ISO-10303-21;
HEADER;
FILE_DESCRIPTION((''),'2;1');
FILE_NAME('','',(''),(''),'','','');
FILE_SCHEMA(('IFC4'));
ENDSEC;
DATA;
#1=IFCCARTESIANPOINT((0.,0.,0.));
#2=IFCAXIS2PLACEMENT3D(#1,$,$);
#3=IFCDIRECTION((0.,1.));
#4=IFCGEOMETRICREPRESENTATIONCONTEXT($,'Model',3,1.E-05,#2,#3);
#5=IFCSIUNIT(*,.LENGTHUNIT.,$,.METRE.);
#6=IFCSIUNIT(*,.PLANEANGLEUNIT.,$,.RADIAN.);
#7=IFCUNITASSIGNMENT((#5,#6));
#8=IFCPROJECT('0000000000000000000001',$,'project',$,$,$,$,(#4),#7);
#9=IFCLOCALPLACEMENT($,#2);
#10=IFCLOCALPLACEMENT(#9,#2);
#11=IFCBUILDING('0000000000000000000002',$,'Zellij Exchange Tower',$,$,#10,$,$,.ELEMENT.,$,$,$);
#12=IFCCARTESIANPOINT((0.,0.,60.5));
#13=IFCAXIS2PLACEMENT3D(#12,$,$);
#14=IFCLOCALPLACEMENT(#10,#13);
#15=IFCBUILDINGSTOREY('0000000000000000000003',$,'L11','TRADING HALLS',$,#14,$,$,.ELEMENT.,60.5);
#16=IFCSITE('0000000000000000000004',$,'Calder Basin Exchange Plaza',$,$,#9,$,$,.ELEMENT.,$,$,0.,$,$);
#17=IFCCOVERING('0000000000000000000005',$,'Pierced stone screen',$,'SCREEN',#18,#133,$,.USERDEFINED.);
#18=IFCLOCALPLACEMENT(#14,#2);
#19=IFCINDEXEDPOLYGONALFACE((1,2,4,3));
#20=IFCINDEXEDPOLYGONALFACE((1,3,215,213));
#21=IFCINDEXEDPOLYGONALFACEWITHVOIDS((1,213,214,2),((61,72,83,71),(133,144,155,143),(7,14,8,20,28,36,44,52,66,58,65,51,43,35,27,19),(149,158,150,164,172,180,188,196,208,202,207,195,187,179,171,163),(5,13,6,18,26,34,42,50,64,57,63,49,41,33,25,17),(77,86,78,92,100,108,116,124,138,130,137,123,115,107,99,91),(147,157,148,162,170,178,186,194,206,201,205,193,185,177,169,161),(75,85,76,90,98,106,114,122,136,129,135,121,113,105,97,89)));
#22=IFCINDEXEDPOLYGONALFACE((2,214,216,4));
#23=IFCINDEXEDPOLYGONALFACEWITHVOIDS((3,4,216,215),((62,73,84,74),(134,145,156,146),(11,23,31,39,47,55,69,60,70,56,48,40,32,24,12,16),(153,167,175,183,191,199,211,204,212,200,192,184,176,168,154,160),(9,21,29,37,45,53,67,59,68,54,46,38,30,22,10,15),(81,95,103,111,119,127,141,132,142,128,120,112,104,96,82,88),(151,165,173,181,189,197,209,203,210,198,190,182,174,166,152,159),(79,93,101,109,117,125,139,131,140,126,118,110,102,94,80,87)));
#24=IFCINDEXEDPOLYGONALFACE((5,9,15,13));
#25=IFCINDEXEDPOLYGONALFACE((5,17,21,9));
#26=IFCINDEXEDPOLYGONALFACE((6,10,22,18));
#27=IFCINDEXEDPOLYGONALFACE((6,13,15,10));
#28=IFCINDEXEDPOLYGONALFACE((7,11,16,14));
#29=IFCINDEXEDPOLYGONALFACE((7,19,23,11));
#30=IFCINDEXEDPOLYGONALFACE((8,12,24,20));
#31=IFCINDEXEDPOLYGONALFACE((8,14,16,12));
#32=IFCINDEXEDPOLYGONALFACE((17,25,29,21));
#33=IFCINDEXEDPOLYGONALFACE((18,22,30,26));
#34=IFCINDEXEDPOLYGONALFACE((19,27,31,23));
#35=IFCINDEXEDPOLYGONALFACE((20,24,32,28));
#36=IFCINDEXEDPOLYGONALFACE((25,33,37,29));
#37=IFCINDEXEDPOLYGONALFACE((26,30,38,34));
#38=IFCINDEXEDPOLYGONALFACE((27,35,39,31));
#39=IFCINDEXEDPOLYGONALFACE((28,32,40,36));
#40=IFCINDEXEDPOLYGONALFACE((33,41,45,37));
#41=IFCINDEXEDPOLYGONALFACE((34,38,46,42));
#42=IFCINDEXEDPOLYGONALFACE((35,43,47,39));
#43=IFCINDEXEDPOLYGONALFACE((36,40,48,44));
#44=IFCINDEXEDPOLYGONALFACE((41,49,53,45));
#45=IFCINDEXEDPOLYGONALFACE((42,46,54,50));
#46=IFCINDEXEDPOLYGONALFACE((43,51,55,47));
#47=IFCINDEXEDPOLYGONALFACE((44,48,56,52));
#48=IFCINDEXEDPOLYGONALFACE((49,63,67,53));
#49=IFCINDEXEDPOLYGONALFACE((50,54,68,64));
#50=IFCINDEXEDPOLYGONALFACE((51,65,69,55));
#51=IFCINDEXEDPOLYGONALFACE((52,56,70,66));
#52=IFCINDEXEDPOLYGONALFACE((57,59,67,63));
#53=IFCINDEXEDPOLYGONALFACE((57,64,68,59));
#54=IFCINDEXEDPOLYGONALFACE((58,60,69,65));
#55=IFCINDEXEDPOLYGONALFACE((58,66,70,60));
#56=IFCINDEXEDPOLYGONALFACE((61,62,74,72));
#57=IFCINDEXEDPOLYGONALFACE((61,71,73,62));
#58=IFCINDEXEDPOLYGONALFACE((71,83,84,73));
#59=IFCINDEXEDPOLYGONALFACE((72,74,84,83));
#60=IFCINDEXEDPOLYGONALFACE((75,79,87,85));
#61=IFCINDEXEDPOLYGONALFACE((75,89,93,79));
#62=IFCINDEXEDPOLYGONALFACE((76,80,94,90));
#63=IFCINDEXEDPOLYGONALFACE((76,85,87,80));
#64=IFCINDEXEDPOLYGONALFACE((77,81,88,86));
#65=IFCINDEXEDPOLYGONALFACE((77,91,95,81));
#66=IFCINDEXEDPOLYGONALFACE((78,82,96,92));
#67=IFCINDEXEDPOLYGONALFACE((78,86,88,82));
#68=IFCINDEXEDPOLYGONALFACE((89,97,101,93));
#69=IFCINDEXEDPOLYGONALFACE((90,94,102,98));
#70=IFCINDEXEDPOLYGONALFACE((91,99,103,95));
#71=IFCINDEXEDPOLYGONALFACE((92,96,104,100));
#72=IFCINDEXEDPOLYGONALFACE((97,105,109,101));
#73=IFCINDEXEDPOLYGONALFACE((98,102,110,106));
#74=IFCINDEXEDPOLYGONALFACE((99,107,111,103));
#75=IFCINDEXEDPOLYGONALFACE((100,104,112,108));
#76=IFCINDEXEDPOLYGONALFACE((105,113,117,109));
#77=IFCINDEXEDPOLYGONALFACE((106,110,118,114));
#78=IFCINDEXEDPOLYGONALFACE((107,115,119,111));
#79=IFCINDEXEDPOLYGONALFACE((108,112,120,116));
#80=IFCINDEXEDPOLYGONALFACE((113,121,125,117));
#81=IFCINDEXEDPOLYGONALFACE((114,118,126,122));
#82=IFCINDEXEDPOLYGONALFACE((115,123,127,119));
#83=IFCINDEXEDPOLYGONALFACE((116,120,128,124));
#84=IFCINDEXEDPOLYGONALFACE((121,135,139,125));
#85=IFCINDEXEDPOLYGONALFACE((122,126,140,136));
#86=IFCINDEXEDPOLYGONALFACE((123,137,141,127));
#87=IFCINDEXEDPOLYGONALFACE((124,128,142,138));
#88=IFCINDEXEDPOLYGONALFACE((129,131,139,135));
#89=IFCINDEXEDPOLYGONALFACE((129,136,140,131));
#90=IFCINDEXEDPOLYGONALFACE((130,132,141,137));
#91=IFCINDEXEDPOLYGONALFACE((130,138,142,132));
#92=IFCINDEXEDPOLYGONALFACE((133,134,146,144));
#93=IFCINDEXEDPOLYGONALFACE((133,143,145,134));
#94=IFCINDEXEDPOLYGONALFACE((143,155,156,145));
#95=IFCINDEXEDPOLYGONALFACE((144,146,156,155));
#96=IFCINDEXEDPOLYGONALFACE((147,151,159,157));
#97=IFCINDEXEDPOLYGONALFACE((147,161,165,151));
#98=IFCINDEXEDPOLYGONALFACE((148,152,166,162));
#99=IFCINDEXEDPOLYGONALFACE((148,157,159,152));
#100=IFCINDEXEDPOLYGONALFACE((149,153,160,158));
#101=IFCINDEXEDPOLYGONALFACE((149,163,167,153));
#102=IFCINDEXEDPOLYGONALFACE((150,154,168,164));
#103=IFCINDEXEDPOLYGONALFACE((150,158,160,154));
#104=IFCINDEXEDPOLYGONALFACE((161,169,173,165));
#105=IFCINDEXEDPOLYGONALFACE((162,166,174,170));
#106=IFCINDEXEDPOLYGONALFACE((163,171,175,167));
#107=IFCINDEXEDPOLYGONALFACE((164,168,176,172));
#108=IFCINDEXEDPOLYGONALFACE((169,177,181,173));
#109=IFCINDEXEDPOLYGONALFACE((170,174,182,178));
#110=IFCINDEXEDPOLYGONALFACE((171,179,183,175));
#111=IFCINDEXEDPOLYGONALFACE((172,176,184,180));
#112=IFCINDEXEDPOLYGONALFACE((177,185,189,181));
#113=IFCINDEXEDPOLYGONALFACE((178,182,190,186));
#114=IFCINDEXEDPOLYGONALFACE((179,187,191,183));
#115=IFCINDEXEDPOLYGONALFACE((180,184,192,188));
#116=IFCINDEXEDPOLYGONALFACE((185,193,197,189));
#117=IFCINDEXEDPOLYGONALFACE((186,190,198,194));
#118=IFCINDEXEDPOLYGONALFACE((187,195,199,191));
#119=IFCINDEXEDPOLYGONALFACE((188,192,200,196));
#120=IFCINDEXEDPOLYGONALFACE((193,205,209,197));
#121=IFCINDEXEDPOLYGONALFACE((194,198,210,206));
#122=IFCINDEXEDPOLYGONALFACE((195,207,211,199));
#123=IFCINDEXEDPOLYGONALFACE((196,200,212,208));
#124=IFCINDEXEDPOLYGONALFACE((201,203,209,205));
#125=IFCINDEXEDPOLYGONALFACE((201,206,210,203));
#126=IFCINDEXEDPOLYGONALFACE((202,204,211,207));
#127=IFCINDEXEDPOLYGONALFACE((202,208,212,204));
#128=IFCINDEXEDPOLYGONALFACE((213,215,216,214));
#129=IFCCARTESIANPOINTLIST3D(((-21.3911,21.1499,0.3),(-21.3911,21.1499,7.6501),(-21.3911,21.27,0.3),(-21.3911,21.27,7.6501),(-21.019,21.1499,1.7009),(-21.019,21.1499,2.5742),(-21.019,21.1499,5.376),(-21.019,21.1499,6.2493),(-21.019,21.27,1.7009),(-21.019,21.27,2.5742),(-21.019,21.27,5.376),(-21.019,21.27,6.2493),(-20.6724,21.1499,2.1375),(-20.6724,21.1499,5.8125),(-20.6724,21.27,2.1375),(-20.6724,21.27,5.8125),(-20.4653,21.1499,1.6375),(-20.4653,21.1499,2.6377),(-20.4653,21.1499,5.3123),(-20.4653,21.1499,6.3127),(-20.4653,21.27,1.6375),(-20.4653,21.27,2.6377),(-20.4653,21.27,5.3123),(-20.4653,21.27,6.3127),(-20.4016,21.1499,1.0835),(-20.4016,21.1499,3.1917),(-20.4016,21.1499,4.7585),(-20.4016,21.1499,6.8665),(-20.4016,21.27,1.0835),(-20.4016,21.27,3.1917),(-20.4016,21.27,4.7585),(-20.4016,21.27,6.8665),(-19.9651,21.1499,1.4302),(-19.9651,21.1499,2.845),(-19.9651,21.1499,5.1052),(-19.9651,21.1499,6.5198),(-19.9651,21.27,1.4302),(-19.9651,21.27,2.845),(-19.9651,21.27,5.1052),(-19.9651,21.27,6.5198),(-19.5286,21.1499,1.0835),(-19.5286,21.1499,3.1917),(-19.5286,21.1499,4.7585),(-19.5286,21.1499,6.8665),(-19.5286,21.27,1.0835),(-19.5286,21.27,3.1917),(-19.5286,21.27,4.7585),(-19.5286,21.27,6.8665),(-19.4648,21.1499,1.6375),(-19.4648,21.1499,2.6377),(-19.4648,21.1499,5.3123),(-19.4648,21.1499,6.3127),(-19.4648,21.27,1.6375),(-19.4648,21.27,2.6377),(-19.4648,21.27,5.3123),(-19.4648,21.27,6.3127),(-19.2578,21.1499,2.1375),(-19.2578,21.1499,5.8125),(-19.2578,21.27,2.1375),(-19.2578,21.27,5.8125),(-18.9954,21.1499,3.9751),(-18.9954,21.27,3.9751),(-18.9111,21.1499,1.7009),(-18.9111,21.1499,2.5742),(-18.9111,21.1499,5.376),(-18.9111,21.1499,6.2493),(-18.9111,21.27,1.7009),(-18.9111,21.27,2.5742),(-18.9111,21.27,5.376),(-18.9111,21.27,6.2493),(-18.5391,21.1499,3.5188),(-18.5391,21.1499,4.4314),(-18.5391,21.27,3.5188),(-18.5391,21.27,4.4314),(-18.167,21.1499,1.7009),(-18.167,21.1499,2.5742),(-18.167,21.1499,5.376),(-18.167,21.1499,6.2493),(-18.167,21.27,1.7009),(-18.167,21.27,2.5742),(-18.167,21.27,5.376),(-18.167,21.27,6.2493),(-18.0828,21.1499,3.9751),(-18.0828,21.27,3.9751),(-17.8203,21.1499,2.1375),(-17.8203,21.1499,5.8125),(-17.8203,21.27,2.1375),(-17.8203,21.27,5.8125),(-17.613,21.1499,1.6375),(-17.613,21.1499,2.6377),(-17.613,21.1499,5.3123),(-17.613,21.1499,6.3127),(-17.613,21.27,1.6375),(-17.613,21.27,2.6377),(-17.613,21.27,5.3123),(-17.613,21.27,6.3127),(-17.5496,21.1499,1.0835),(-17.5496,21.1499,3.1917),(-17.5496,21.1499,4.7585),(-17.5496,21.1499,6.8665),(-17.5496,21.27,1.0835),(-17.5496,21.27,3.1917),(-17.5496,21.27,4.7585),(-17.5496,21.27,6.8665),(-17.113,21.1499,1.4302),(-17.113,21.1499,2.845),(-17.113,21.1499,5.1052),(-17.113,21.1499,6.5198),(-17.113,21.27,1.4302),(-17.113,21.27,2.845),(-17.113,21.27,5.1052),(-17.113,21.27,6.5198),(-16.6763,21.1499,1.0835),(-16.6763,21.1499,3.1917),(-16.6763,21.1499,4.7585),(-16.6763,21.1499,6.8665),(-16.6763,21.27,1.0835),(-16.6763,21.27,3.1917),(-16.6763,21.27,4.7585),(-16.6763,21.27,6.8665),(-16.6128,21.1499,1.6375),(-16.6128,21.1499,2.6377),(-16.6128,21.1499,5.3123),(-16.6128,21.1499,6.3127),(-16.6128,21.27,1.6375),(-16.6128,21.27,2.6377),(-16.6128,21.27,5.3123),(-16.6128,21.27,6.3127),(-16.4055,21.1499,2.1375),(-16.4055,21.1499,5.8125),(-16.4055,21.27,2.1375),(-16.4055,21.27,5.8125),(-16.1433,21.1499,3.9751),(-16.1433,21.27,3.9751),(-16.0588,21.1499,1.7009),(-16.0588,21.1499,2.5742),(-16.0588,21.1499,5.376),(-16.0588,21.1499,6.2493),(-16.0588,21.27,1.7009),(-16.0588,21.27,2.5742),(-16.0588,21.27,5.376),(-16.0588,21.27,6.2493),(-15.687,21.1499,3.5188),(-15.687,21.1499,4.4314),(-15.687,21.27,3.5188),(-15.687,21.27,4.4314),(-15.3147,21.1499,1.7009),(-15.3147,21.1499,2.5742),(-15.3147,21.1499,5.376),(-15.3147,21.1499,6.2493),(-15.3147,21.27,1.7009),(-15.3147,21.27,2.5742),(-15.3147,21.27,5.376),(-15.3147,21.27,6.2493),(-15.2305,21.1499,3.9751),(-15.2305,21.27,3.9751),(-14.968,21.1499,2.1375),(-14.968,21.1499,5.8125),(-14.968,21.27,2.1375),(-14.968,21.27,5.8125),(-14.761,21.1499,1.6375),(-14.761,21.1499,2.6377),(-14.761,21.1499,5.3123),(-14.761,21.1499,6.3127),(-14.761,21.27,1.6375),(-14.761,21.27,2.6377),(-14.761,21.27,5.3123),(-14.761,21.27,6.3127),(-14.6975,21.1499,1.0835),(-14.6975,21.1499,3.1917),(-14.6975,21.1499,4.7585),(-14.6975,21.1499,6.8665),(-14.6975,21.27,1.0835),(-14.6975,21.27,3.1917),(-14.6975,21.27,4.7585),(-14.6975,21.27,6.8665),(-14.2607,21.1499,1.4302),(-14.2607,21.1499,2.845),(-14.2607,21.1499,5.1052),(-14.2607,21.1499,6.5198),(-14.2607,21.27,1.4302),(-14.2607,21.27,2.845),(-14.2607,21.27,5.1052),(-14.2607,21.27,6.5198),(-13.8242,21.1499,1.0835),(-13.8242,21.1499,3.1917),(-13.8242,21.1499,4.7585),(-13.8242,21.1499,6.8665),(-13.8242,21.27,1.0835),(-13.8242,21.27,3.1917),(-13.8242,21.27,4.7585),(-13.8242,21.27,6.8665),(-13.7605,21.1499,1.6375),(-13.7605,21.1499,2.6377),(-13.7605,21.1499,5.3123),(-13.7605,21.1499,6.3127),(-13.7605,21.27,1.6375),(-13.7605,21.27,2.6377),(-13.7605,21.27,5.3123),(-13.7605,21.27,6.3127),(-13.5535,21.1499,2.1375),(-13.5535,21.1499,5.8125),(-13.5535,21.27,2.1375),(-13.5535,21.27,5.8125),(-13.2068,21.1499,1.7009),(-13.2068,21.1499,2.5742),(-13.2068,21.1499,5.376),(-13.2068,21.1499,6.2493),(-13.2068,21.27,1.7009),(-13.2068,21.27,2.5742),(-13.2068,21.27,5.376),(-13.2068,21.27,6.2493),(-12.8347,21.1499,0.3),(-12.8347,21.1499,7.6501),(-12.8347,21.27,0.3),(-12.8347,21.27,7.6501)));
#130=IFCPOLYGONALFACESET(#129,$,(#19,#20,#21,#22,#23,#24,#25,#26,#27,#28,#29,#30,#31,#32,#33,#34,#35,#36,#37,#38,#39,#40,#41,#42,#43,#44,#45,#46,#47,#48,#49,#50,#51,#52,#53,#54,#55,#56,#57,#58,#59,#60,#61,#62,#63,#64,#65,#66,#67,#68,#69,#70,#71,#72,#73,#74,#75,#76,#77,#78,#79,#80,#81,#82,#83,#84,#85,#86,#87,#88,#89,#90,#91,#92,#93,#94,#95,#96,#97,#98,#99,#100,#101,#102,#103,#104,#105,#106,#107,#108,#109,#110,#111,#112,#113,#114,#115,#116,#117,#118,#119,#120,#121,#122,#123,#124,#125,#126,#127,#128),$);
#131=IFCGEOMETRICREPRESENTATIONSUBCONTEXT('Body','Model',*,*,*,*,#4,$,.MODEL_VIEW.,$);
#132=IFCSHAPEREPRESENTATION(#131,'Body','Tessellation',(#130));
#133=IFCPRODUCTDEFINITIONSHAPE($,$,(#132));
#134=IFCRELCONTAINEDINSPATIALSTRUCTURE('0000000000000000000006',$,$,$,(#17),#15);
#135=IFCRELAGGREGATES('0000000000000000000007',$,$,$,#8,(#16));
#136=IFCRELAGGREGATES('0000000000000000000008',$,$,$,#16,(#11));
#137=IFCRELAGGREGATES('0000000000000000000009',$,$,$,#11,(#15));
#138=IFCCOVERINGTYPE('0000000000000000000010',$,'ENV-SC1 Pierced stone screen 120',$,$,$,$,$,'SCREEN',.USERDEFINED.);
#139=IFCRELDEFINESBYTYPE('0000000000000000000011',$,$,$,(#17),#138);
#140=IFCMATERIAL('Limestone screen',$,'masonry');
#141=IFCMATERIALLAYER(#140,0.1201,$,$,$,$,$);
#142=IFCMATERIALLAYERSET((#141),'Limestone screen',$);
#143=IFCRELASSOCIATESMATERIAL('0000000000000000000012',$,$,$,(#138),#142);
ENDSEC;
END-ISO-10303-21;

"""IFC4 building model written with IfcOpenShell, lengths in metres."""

from ifc_helpers import new_model, si_unit, direction, frame, origin, place, context, subcontext, project, spatial, polyline, outline, extrude, material, layer, layer_set, type_object, element, save


model = new_model("IFC4")

# Units and contexts
model_context = context("Model", 3, precision=1e-05, world=origin(), true_north=direction((0.0, 1.0)))
body_context = subcontext(model_context, "Body", "Model", "MODEL_VIEW")
ifc_project = project(units=[si_unit("LENGTHUNIT", "METRE"), si_unit("PLANEANGLEUNIT", "RADIAN")], contexts=[model_context])

# Site, building, storey
site_placement = place(None, origin())
site = spatial("IfcSite", under=ifc_project, at=site_placement, Name="Calder Basin Exchange Plaza", CompositionType="ELEMENT", RefElevation=0.0)
building_placement = place(site_placement, origin())
building = spatial("IfcBuilding", under=site, at=building_placement, Name="Zellij Exchange Tower", CompositionType="ELEMENT")
storey_placement = place(building_placement, frame((0.0, 0.0, 60.5)))
storey = spatial("IfcBuildingStorey", under=building, at=storey_placement, Name="L11", Description="TRADING HALLS", CompositionType="ELEMENT", Elevation=60.5)

# Covering
ifc_material_1 = material(Name="Limestone screen", Category="masonry")
ifc_layer = layer(ifc_material_1, 0.1201)
ifc_layer_set = layer_set([ifc_layer], Name="Limestone screen")
covering_type = type_object("IfcCoveringType", Name="ENV-SC1 Pierced stone screen 120", ElementType="SCREEN", PredefinedType="USERDEFINED", material=ifc_layer_set)
covering_1_placement = place(storey_placement, frame((-12.8347, 21.21, 0.3), z_axis=(0.0, 0.0, 1.0), x_axis=(-1.0, 0.0, 0.0)))
element("IfcCovering", 1, at=covering_1_placement, inside=storey, type_object=covering_type, Name="Pierced stone screen", ObjectType="SCREEN", PredefinedType="USERDEFINED", context=body_context, shape_type="SweptSolid", body=[
    extrude(outline(polyline([(0.0, 0.0), (8.5564, 0.0), (8.5564, 7.3501), (0.0, 7.3501), (0.0, 0.0)]), holes=[polyline([(2.48, 2.2742), (1.9263, 2.3376), (1.8628, 2.8916), (1.426, 2.5449), (0.9895, 2.8916), (0.9258, 2.3376), (0.3721, 2.2742), (0.7188, 1.8374), (0.3721, 1.4009), (0.9258, 1.3374), (0.9895, 0.7834), (1.426, 1.1301), (1.8628, 0.7834), (1.9263, 1.3374), (2.48, 1.4009), (2.1333, 1.8374), (2.48, 2.2742)]), polyline([(2.48, 5.9492), (1.9263, 6.0127), (1.8628, 6.5664), (1.426, 6.2197), (0.9895, 6.5664), (0.9258, 6.0127), (0.3721, 5.9492), (0.7188, 5.5125), (0.3721, 5.0759), (0.9258, 5.0122), (0.9895, 4.4585), (1.426, 4.8052), (1.8628, 4.4585), (1.9263, 5.0122), (2.48, 5.0759), (2.1333, 5.5125), (2.48, 5.9492)]), polyline([(5.3323, 2.2742), (4.7783, 2.3376), (4.7148, 2.8916), (4.2783, 2.5449), (3.8416, 2.8916), (3.7781, 2.3376), (3.2241, 2.2742), (3.5708, 1.8374), (3.2241, 1.4009), (3.7781, 1.3374), (3.8416, 0.7834), (4.2783, 1.1301), (4.7148, 0.7834), (4.7783, 1.3374), (5.3323, 1.4009), (4.9856, 1.8374), (5.3323, 2.2742)]), polyline([(5.3323, 5.9492), (4.7783, 6.0127), (4.7148, 6.5664), (4.2783, 6.2197), (3.8416, 6.5664), (3.7781, 6.0127), (3.2241, 5.9492), (3.5708, 5.5125), (3.2241, 5.0759), (3.7781, 5.0122), (3.8416, 4.4585), (4.2783, 4.8052), (4.7148, 4.4585), (4.7783, 5.0122), (5.3323, 5.0759), (4.9856, 5.5125), (5.3323, 5.9492)]), polyline([(8.1843, 2.2742), (7.6306, 2.3376), (7.5669, 2.8916), (7.1304, 2.5449), (6.6938, 2.8916), (6.6301, 2.3376), (6.0764, 2.2742), (6.4231, 1.8374), (6.0764, 1.4009), (6.6301, 1.3374), (6.6938, 0.7834), (7.1304, 1.1301), (7.5669, 0.7834), (7.6306, 1.3374), (8.1843, 1.4009), (7.8376, 1.8374), (8.1843, 2.2742)]), polyline([(8.1843, 5.9492), (7.6306, 6.0127), (7.5669, 6.5664), (7.1304, 6.2197), (6.6938, 6.5664), (6.6301, 6.0127), (6.0764, 5.9492), (6.4231, 5.5125), (6.0764, 5.0759), (6.6301, 5.0122), (6.6938, 4.4585), (7.1304, 4.8052), (7.5669, 4.4585), (7.6306, 5.0122), (8.1843, 5.0759), (7.8376, 5.5125), (8.1843, 5.9492)]), polyline([(3.3086, 3.675), (2.8523, 4.1313), (2.3958, 3.675), (2.8523, 3.2188), (3.3086, 3.675)]), polyline([(6.1606, 3.675), (5.7043, 4.1313), (5.248, 3.675), (5.7043, 3.2188), (6.1606, 3.675)])]), frame((0.0, 0.0601, 0.0), z_axis=(0.0, -1.0, 0.0), x_axis=(1.0, 0.0, 0.0)), (0.0, 0.0, 1.0), 0.1201),
])

save(model, "model.ifc")
